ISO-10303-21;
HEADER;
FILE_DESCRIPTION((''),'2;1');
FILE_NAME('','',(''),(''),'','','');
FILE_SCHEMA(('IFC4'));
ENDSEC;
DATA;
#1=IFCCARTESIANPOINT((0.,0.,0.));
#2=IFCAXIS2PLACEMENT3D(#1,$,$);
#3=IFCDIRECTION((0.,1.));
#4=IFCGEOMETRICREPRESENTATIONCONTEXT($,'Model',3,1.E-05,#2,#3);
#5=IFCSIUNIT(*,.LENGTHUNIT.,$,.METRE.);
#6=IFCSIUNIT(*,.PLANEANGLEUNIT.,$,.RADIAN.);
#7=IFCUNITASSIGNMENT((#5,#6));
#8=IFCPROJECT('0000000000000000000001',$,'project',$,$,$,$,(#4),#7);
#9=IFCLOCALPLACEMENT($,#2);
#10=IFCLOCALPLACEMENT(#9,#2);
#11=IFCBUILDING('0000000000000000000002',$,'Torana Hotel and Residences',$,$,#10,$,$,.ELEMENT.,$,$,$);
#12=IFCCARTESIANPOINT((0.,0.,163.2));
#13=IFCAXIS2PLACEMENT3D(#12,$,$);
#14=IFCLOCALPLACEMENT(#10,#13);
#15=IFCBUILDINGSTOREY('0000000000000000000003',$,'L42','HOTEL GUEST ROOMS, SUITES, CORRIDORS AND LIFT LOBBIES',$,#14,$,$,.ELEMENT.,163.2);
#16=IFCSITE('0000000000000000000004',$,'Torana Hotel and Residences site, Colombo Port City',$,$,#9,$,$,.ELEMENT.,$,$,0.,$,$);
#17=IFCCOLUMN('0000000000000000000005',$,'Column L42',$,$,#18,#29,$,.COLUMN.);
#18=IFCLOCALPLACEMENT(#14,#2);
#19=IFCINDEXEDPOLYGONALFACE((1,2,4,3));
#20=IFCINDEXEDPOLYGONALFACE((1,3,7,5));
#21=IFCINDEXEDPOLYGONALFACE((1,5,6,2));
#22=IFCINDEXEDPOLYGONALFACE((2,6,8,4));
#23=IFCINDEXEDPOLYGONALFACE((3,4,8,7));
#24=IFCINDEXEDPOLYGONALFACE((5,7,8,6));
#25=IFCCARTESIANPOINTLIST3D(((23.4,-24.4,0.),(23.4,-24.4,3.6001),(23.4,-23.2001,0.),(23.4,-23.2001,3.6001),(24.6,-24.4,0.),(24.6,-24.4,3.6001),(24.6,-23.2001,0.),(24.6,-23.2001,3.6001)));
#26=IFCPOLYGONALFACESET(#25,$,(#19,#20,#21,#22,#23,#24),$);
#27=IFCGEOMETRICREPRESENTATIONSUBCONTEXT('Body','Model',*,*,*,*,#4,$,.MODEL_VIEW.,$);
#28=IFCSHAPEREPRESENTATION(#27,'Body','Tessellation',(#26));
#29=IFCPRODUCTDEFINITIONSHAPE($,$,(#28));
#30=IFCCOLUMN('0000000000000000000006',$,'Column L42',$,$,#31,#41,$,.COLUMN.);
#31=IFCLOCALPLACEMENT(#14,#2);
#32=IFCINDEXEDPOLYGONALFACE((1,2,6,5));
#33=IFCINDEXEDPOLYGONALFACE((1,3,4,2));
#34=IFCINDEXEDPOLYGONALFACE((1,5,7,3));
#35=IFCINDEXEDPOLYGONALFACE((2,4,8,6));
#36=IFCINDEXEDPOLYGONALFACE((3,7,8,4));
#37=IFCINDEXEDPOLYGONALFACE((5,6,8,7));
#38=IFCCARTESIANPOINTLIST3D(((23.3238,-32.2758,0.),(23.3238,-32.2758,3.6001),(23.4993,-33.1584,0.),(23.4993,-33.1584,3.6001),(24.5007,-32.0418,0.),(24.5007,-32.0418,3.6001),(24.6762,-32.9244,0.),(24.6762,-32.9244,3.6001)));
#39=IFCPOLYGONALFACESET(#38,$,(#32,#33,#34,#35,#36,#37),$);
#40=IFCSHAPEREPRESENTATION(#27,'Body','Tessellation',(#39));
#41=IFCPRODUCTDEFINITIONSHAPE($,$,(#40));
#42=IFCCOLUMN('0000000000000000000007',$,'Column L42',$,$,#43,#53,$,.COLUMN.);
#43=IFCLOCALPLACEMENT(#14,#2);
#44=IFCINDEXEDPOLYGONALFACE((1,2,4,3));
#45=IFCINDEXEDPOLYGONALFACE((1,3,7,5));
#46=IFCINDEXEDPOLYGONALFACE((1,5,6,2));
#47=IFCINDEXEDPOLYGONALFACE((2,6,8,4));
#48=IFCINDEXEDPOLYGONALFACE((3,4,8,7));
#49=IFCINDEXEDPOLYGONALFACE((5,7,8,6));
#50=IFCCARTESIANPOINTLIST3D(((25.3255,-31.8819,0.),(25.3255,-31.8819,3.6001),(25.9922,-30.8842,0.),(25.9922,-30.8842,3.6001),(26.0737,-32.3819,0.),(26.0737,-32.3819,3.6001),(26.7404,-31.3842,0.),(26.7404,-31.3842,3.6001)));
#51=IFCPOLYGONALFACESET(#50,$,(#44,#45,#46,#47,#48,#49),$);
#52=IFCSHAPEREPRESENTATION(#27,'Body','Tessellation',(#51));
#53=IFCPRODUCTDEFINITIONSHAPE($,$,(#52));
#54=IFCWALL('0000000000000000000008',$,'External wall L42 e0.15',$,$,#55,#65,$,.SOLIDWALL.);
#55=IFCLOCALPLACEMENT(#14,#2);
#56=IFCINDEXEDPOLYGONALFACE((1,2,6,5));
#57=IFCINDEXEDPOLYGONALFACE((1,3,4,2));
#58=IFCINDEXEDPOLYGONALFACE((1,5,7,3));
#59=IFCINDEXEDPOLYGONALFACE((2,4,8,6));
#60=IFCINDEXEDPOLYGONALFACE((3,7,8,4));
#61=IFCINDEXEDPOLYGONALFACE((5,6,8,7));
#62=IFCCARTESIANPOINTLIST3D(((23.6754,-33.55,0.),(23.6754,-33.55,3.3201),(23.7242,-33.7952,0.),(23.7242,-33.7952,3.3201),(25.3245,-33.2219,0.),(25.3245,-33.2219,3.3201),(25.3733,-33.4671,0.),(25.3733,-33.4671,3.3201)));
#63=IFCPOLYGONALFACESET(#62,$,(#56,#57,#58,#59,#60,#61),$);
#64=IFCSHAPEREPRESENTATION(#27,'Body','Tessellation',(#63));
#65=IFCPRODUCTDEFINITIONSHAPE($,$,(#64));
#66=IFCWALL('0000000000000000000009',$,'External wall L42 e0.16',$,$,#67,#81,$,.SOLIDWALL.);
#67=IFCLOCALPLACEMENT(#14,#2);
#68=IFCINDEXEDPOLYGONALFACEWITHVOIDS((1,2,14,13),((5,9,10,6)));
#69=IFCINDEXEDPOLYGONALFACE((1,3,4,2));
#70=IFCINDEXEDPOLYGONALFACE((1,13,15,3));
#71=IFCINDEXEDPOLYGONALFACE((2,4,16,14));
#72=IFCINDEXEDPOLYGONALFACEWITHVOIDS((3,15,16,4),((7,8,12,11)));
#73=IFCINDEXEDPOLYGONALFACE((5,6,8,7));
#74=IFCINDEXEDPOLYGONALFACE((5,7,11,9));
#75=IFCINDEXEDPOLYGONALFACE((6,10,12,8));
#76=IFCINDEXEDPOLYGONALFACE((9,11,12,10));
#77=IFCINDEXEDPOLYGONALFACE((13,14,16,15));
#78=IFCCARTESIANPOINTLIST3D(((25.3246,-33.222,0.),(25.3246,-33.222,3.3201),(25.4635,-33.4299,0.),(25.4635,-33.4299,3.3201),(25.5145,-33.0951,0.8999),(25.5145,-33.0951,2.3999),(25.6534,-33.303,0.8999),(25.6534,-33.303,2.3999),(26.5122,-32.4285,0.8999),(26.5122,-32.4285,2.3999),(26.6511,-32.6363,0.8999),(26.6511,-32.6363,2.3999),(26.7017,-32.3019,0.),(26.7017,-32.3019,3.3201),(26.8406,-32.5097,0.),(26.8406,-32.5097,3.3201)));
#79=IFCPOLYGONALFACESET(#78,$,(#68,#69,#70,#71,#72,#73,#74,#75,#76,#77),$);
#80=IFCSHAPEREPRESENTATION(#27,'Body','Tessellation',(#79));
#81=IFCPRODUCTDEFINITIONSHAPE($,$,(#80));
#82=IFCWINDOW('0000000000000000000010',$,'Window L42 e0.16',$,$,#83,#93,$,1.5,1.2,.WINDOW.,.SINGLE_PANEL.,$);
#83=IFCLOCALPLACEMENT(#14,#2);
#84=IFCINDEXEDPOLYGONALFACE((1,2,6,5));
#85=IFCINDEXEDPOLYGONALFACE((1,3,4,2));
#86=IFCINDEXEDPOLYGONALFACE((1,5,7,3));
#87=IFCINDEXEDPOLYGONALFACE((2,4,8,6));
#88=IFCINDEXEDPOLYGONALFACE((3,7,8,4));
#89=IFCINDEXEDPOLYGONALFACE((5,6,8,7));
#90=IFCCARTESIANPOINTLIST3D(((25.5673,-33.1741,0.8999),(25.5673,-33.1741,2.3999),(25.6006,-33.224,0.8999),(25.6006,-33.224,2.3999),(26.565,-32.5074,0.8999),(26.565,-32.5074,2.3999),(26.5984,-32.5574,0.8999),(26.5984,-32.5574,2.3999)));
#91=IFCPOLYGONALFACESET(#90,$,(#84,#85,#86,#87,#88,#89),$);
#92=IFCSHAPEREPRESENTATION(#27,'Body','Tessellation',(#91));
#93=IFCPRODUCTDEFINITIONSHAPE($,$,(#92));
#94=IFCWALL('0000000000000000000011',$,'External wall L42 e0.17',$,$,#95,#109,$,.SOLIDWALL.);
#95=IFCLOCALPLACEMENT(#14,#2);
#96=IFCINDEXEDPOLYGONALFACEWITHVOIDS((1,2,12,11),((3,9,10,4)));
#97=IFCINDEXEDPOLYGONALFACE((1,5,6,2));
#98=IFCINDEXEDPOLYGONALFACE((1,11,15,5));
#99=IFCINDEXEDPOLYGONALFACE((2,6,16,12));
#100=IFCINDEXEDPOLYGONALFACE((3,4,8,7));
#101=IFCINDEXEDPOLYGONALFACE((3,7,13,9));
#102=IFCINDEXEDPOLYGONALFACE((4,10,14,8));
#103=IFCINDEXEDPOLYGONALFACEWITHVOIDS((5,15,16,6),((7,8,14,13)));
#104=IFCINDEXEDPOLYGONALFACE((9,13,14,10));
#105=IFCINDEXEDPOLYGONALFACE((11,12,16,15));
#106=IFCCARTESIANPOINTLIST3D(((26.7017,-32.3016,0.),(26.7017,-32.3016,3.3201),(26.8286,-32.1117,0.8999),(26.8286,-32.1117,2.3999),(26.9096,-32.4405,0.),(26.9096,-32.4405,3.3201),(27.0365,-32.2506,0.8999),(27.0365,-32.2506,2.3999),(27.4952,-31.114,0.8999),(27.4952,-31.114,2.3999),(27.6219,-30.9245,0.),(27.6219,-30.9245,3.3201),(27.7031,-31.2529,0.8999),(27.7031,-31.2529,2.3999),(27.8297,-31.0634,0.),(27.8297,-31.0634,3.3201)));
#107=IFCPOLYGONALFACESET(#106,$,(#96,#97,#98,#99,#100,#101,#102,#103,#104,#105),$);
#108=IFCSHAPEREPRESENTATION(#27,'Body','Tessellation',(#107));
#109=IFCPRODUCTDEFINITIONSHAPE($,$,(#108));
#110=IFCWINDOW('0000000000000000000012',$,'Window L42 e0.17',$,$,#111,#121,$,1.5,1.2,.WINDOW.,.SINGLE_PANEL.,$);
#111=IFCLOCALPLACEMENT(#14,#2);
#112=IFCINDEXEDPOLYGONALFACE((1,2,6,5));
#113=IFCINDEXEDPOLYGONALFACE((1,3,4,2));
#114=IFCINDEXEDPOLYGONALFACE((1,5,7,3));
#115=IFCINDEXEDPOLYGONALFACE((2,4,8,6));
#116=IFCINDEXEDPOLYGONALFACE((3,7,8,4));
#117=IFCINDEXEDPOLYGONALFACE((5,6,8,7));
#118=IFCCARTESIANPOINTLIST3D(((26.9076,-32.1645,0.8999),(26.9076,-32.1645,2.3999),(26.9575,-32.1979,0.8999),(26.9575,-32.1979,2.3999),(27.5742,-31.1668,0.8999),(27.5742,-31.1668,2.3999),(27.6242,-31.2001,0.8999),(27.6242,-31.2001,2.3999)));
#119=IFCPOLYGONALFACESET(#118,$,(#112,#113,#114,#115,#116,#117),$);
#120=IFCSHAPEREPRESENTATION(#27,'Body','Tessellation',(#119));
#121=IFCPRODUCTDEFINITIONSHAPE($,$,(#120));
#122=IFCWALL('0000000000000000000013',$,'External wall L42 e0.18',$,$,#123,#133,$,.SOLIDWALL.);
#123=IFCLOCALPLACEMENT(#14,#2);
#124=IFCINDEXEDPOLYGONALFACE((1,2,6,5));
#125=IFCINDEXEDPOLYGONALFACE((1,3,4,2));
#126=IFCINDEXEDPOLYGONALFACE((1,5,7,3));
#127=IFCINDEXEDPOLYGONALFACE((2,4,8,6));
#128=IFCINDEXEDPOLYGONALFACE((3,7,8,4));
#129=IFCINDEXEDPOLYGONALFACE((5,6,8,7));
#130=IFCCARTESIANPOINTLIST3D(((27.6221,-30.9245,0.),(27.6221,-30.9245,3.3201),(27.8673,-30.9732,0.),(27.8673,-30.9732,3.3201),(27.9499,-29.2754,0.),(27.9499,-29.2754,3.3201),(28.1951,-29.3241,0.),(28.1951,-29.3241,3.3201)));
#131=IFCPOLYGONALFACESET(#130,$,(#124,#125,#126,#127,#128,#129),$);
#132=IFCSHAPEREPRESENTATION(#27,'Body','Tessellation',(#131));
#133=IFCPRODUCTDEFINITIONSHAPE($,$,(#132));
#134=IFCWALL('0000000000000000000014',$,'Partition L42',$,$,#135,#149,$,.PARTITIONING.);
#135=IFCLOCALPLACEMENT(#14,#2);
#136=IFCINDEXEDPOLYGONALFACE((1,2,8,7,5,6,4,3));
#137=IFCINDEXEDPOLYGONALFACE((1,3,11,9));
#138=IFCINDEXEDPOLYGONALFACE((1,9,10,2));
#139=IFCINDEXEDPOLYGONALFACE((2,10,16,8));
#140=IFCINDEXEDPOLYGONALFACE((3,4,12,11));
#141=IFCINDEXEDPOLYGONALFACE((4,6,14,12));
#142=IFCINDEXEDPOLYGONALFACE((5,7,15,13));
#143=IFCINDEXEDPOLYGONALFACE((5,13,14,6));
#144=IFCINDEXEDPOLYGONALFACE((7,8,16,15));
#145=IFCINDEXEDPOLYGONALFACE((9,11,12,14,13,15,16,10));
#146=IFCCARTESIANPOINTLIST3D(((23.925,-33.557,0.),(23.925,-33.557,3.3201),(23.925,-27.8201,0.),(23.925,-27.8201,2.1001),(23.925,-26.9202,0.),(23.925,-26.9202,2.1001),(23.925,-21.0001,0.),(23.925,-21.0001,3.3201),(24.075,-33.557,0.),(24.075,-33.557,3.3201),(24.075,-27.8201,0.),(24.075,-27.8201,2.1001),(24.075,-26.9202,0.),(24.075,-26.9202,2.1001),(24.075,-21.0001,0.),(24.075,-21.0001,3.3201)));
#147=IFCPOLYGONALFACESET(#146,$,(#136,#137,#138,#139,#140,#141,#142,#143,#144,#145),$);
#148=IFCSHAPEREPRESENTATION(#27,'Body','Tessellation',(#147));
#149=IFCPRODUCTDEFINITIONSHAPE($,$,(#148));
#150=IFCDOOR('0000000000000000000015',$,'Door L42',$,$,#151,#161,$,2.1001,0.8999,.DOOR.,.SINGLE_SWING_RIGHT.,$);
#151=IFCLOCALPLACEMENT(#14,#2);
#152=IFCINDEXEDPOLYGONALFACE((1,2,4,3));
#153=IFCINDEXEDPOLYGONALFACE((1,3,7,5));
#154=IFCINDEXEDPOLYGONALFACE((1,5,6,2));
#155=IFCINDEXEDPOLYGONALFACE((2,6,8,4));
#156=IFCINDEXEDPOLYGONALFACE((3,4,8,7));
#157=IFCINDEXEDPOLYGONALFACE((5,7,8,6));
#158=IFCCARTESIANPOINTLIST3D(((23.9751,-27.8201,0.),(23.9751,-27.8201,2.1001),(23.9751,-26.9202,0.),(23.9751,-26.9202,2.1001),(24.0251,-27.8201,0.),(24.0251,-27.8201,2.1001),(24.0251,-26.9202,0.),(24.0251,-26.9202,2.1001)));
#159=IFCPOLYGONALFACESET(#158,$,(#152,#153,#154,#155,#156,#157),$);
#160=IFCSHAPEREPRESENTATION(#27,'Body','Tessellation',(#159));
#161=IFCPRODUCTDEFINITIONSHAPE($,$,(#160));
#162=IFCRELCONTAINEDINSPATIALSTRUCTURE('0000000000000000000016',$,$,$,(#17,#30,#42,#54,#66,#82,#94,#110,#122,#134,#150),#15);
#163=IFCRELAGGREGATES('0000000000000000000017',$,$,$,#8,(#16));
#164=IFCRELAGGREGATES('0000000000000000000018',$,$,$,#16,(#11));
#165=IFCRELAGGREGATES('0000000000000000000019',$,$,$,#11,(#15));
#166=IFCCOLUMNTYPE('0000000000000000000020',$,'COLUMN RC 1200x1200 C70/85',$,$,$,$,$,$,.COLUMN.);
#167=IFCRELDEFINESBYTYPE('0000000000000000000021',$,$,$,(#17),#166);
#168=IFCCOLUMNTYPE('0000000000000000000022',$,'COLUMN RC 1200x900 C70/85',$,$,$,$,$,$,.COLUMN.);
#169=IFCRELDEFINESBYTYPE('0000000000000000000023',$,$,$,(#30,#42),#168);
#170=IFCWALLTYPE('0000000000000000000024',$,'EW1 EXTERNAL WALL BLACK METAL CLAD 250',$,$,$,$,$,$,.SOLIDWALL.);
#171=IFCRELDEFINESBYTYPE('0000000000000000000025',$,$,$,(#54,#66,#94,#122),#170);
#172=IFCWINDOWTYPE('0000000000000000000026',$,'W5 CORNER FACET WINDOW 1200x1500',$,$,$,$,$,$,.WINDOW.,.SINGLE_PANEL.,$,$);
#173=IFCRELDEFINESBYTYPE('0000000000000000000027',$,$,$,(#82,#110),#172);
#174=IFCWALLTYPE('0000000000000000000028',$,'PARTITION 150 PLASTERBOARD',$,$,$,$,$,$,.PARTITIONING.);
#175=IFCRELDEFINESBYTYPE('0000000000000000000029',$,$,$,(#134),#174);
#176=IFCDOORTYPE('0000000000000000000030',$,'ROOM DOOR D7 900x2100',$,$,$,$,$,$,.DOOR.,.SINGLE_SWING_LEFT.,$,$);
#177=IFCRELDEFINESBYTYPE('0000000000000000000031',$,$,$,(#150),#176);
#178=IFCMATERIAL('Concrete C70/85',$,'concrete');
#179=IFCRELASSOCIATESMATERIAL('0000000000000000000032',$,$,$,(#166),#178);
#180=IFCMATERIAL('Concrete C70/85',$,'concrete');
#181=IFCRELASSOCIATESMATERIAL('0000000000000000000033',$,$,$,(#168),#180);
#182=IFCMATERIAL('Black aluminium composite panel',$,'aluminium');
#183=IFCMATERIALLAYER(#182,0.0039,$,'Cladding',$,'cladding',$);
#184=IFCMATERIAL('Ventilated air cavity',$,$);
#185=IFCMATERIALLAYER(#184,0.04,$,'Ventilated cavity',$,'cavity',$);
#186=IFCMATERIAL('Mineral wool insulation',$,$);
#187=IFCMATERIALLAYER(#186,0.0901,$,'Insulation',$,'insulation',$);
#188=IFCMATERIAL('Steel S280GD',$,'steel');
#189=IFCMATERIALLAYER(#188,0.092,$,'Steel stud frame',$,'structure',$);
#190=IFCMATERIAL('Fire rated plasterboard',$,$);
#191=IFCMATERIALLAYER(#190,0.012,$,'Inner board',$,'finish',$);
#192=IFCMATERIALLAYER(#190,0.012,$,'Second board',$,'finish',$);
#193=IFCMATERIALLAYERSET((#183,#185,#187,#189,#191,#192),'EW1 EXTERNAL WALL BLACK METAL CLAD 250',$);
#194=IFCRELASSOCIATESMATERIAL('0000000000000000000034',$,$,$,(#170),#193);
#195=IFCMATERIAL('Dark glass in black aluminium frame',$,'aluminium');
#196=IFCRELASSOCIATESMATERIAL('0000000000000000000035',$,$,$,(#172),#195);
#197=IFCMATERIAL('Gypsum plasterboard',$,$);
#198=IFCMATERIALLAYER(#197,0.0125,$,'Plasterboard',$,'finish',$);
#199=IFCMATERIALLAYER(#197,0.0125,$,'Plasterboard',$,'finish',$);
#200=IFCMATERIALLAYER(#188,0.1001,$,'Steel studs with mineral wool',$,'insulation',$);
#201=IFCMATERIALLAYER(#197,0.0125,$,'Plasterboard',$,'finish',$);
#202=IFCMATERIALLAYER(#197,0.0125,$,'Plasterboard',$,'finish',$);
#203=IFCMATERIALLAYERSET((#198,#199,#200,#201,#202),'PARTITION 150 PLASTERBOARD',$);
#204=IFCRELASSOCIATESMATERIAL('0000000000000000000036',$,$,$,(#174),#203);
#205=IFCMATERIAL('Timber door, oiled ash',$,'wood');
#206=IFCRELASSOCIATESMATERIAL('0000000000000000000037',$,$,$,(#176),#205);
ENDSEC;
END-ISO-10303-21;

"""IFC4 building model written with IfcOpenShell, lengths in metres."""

from ifc_helpers import new_model, si_unit, direction, frame, frame_2d, origin, origin_2d, place, context, subcontext, project, spatial, rectangle, extrude, material, layer, layer_set, material_profile, profile_set, type_object, element, fill, save


model = new_model("IFC4")

# Units and contexts
model_context = context("Model", 3, precision=1e-05, world=origin(), true_north=direction((0.0, 1.0)))
body_context = subcontext(model_context, "Body", "Model", "MODEL_VIEW")
ifc_project = project(units=[si_unit("LENGTHUNIT", "METRE"), si_unit("PLANEANGLEUNIT", "RADIAN")], contexts=[model_context])

# Site, building, storey
site_placement = place(None, origin())
site = spatial("IfcSite", under=ifc_project, at=site_placement, Name="Torana Hotel and Residences site, Colombo Port City", CompositionType="ELEMENT", RefElevation=0.0)
building_placement = place(site_placement, origin())
building = spatial("IfcBuilding", under=site, at=building_placement, Name="Torana Hotel and Residences", CompositionType="ELEMENT")
storey_placement = place(building_placement, frame((0.0, 0.0, 163.2)))
storey = spatial("IfcBuildingStorey", under=building, at=storey_placement, Name="L42", Description="HOTEL GUEST ROOMS, SUITES, CORRIDORS AND LIFT LOBBIES", CompositionType="ELEMENT", Elevation=163.2)

# Columns
ifc_material_1 = material(Name="Concrete C70/85", Category="concrete")
ifc_material_profile_1 = material_profile(ifc_material_1, rectangle(XDim=1.2, YDim=1.2, at=origin_2d()), Name="RC 1200x1200")
ifc_profile_set_1 = profile_set([ifc_material_profile_1], Name="Concrete C70/85")
column_type_1 = type_object("IfcColumnType", Name="COLUMN RC 1200x1200 C70/85", PredefinedType="COLUMN", material=ifc_profile_set_1)
column_placement = place(storey_placement, frame((24.0, -23.8, 0.0), z_axis=(0.0, 0.0, 1.0), x_axis=(1.0, 0.0, 0.0)))
element("IfcColumn", 1, at=column_placement, inside=storey, type_object=column_type_1, Name="Column L42", PredefinedType="COLUMN", context=body_context, shape_type="SweptSolid", body=[
    extrude(rectangle(XDim=1.2, YDim=1.2, at=origin_2d()), origin(), (0.0, 0.0, 1.0), 3.6001),
])
ifc_material_2 = material(Name="Concrete C70/85", Category="concrete")
ifc_material_profile_2 = material_profile(ifc_material_2, rectangle(XDim=1.2, YDim=0.8999, at=origin_2d()), Name="RC 1200x900")
ifc_profile_set_2 = profile_set([ifc_material_profile_2], Name="Concrete C70/85")
column_type_2 = type_object("IfcColumnType", Name="COLUMN RC 1200x900 C70/85", PredefinedType="COLUMN", material=ifc_profile_set_2)
for number, where, z_axis, x_axis, name in (
    (2, (24.0, -32.6001, 0.0), (0.0, 0.0, 1.0), (0.980792, 0.195056, 0.0), "Column L42"),
    (3, (26.033, -31.6331, 0.0), (0.0, 0.0, 1.0), (0.555585, 0.83146, 0.0), "Column L42"),
):
    element("IfcColumn", number, at=place(storey_placement, frame(where, z_axis=z_axis, x_axis=x_axis)), inside=storey, type_object=column_type_2, Name=name, PredefinedType="COLUMN", context=body_context, shape_type="SweptSolid", body=[
        extrude(rectangle(XDim=1.2, YDim=0.8999, at=origin_2d()), origin(), (0.0, 0.0, 1.0), 3.6001),
    ])

# Wall
ifc_material_3 = material(Name="Black aluminium composite panel", Category="aluminium")
ifc_layer_1 = layer(ifc_material_3, 0.0039, Name="Cladding", Category="cladding")
ifc_material_4 = material(Name="Ventilated air cavity")
ifc_layer_2 = layer(ifc_material_4, 0.04, Name="Ventilated cavity", Category="cavity")
ifc_material_5 = material(Name="Mineral wool insulation")
ifc_layer_3 = layer(ifc_material_5, 0.0901, Name="Insulation", Category="insulation")
ifc_material_6 = material(Name="Steel S280GD", Category="steel")
ifc_layer_4 = layer(ifc_material_6, 0.092, Name="Steel stud frame", Category="structure")
ifc_material_7 = material(Name="Fire rated plasterboard")
ifc_layer_5 = layer(ifc_material_7, 0.012, Name="Inner board", Category="finish")
ifc_layer_6 = layer(ifc_material_7, 0.012, Name="Second board", Category="finish")
ifc_layer_set_1 = layer_set([ifc_layer_1, ifc_layer_2, ifc_layer_3, ifc_layer_4, ifc_layer_5, ifc_layer_6], Name="EW1 EXTERNAL WALL BLACK METAL CLAD 250")
wall_type_1 = type_object("IfcWallType", Name="EW1 EXTERNAL WALL BLACK METAL CLAD 250", PredefinedType="SOLIDWALL", material=ifc_layer_set_1)
wall_1_placement = place(storey_placement, frame((23.6997, -33.6726, 0.0), z_axis=(0.0, 0.0, 1.0), x_axis=(0.980776, 0.195139, 0.0)))
element("IfcWall", 4, at=wall_1_placement, inside=storey, type_object=wall_type_1, Name="External wall L42 e0.15", PredefinedType="SOLIDWALL", context=body_context, shape_type="SweptSolid", body=[
    extrude(rectangle(XDim=1.6814, YDim=0.25, at=frame_2d((0.8408, 0.0))), origin(), (0.0, 0.0, 1.0), 3.3201),
])

# Walls, openings, windows
wall_2_placement = place(storey_placement, frame((25.394, -33.3259, 0.0), z_axis=(0.0, 0.0, 1.0), x_axis=(0.831483, 0.55555, 0.0)))
wall_2 = element("IfcWall", 5, at=wall_2_placement, inside=storey, type_object=wall_type_1, Name="External wall L42 e0.16", PredefinedType="SOLIDWALL", context=body_context, shape_type="SweptSolid", body=[
    extrude(rectangle(XDim=1.6562, YDim=0.25, at=frame_2d((0.8281, 0.0))), origin(), (0.0, 0.0, 1.0), 3.3201),
])
opening_1_placement = place(wall_2_placement, frame((0.2283, 0.0, 0.8999)))
opening_1 = element("IfcOpeningElement", 6, at=opening_1_placement, cuts=wall_2, PredefinedType="OPENING", context=body_context, shape_type="SweptSolid", body=[
    extrude(rectangle(XDim=1.2, YDim=1.5, at=frame_2d((0.6001, 0.75))), frame((0.0, 0.135, 0.0), z_axis=(0.0, -1.0, 0.0), x_axis=(1.0, 0.0, 0.0)), (0.0, 0.0, 1.0), 0.27),
])
ifc_material_8 = material(Name="Dark glass in black aluminium frame", Category="aluminium")
window_type_1 = type_object("IfcWindowType", Name="W5 CORNER FACET WINDOW 1200x1500", PartitioningType="SINGLE_PANEL", PredefinedType="WINDOW", material=ifc_material_8)
window_1_placement = place(opening_1_placement, origin())
window_1 = element("IfcWindow", 7, at=window_1_placement, inside=storey, type_object=window_type_1, Name="Window L42 e0.16", OverallHeight=1.5, OverallWidth=1.2, PartitioningType="SINGLE_PANEL", PredefinedType="WINDOW", context=body_context, shape_type="SweptSolid", body=[
    extrude(rectangle(XDim=1.2, YDim=1.5, at=frame_2d((0.6001, 0.75))), frame((0.0, 0.03, 0.0), z_axis=(0.0, -1.0, 0.0), x_axis=(1.0, 0.0, 0.0)), (0.0, 0.0, 1.0), 0.0601),
])
fill(opening_1, window_1)
wall_3_placement = place(storey_placement, frame((26.8057, -32.3711, 0.0), z_axis=(0.0, 0.0, 1.0), x_axis=(0.55555, 0.831483, 0.0)))
wall_3 = element("IfcWall", 8, at=wall_3_placement, inside=storey, type_object=wall_type_1, Name="External wall L42 e0.17", PredefinedType="SOLIDWALL", context=body_context, shape_type="SweptSolid", body=[
    extrude(rectangle(XDim=1.6562, YDim=0.25, at=frame_2d((0.8281, 0.0))), origin(), (0.0, 0.0, 1.0), 3.3201),
])
opening_2_placement = place(wall_3_placement, frame((0.2283, 0.0, 0.8999)))
opening_2 = element("IfcOpeningElement", 9, at=opening_2_placement, cuts=wall_3, PredefinedType="OPENING", context=body_context, shape_type="SweptSolid", body=[
    extrude(rectangle(XDim=1.2, YDim=1.5, at=frame_2d((0.6001, 0.75))), frame((0.0, 0.135, 0.0), z_axis=(0.0, -1.0, 0.0), x_axis=(1.0, 0.0, 0.0)), (0.0, 0.0, 1.0), 0.27),
])
window_2_placement = place(opening_2_placement, origin())
window_2 = element("IfcWindow", 10, at=window_2_placement, inside=storey, type_object=window_type_1, Name="Window L42 e0.17", OverallHeight=1.5, OverallWidth=1.2, PartitioningType="SINGLE_PANEL", PredefinedType="WINDOW", context=body_context, shape_type="SweptSolid", body=[
    extrude(rectangle(XDim=1.2, YDim=1.5, at=frame_2d((0.6001, 0.75))), frame((0.0, 0.03, 0.0), z_axis=(0.0, -1.0, 0.0), x_axis=(1.0, 0.0, 0.0)), (0.0, 0.0, 1.0), 0.0601),
])
fill(opening_2, window_2)

# Wall
wall_4_placement = place(storey_placement, frame((27.7446, -30.949, 0.0), z_axis=(0.0, 0.0, 1.0), x_axis=(0.194999, 0.980803, 0.0)))
element("IfcWall", 11, at=wall_4_placement, inside=storey, type_object=wall_type_1, Name="External wall L42 e0.18", PredefinedType="SOLIDWALL", context=body_context, shape_type="SweptSolid", body=[
    extrude(rectangle(XDim=1.6814, YDim=0.25, at=frame_2d((0.8408, 0.0))), origin(), (0.0, 0.0, 1.0), 3.3201),
])

# Wall, opening, door
ifc_material_9 = material(Name="Gypsum plasterboard")
ifc_layer_7 = layer(ifc_material_9, 0.0125, Name="Plasterboard", Category="finish")
ifc_layer_8 = layer(ifc_material_9, 0.0125, Name="Plasterboard", Category="finish")
ifc_layer_9 = layer(ifc_material_6, 0.1001, Name="Steel studs with mineral wool", Category="insulation")
ifc_layer_10 = layer(ifc_material_9, 0.0125, Name="Plasterboard", Category="finish")
ifc_layer_11 = layer(ifc_material_9, 0.0125, Name="Plasterboard", Category="finish")
ifc_layer_set_2 = layer_set([ifc_layer_7, ifc_layer_8, ifc_layer_9, ifc_layer_10, ifc_layer_11], Name="PARTITION 150 PLASTERBOARD")
wall_type_2 = type_object("IfcWallType", Name="PARTITION 150 PLASTERBOARD", PredefinedType="PARTITIONING", material=ifc_layer_set_2)
wall_5_placement = place(storey_placement, frame((24.0, -33.5569, 0.0), z_axis=(0.0, 0.0, 1.0), x_axis=(0.0, 1.0, 0.0)))
wall_5 = element("IfcWall", 12, at=wall_5_placement, inside=storey, type_object=wall_type_2, Name="Partition L42", PredefinedType="PARTITIONING", context=body_context, shape_type="SweptSolid", body=[
    extrude(rectangle(XDim=12.5569, YDim=0.1499, at=frame_2d((6.2783, 0.0))), origin(), (0.0, 0.0, 1.0), 3.3201),
])
opening_3_placement = place(wall_5_placement, frame((5.7368, 0.0, 0.0)))
opening_3 = element("IfcOpeningElement", 13, at=opening_3_placement, cuts=wall_5, PredefinedType="OPENING", context=body_context, shape_type="SweptSolid", body=[
    extrude(rectangle(XDim=0.8999, YDim=2.1001, at=frame_2d((0.45, 1.05))), frame((0.0, 0.085, 0.0), z_axis=(0.0, -1.0, 0.0), x_axis=(1.0, 0.0, 0.0)), (0.0, 0.0, 1.0), 0.1699),
])
ifc_material_10 = material(Name="Timber door, oiled ash", Category="wood")
door_type_1 = type_object("IfcDoorType", Name="ROOM DOOR D7 900x2100", OperationType="SINGLE_SWING_LEFT", PredefinedType="DOOR", material=ifc_material_10)
door_1_placement = place(opening_3_placement, origin())
door_1 = element("IfcDoor", 14, at=door_1_placement, inside=storey, type_object=door_type_1, Name="Door L42", OperationType="SINGLE_SWING_RIGHT", OverallHeight=2.1001, OverallWidth=0.8999, PredefinedType="DOOR", context=body_context, shape_type="SweptSolid", body=[
    extrude(rectangle(XDim=0.8999, YDim=2.1001, at=frame_2d((0.45, 1.05))), frame((0.0, 0.0249, 0.0), z_axis=(0.0, -1.0, 0.0), x_axis=(1.0, 0.0, 0.0)), (0.0, 0.0, 1.0), 0.05),
])
fill(opening_3, door_1)

save(model, "model.ifc")
